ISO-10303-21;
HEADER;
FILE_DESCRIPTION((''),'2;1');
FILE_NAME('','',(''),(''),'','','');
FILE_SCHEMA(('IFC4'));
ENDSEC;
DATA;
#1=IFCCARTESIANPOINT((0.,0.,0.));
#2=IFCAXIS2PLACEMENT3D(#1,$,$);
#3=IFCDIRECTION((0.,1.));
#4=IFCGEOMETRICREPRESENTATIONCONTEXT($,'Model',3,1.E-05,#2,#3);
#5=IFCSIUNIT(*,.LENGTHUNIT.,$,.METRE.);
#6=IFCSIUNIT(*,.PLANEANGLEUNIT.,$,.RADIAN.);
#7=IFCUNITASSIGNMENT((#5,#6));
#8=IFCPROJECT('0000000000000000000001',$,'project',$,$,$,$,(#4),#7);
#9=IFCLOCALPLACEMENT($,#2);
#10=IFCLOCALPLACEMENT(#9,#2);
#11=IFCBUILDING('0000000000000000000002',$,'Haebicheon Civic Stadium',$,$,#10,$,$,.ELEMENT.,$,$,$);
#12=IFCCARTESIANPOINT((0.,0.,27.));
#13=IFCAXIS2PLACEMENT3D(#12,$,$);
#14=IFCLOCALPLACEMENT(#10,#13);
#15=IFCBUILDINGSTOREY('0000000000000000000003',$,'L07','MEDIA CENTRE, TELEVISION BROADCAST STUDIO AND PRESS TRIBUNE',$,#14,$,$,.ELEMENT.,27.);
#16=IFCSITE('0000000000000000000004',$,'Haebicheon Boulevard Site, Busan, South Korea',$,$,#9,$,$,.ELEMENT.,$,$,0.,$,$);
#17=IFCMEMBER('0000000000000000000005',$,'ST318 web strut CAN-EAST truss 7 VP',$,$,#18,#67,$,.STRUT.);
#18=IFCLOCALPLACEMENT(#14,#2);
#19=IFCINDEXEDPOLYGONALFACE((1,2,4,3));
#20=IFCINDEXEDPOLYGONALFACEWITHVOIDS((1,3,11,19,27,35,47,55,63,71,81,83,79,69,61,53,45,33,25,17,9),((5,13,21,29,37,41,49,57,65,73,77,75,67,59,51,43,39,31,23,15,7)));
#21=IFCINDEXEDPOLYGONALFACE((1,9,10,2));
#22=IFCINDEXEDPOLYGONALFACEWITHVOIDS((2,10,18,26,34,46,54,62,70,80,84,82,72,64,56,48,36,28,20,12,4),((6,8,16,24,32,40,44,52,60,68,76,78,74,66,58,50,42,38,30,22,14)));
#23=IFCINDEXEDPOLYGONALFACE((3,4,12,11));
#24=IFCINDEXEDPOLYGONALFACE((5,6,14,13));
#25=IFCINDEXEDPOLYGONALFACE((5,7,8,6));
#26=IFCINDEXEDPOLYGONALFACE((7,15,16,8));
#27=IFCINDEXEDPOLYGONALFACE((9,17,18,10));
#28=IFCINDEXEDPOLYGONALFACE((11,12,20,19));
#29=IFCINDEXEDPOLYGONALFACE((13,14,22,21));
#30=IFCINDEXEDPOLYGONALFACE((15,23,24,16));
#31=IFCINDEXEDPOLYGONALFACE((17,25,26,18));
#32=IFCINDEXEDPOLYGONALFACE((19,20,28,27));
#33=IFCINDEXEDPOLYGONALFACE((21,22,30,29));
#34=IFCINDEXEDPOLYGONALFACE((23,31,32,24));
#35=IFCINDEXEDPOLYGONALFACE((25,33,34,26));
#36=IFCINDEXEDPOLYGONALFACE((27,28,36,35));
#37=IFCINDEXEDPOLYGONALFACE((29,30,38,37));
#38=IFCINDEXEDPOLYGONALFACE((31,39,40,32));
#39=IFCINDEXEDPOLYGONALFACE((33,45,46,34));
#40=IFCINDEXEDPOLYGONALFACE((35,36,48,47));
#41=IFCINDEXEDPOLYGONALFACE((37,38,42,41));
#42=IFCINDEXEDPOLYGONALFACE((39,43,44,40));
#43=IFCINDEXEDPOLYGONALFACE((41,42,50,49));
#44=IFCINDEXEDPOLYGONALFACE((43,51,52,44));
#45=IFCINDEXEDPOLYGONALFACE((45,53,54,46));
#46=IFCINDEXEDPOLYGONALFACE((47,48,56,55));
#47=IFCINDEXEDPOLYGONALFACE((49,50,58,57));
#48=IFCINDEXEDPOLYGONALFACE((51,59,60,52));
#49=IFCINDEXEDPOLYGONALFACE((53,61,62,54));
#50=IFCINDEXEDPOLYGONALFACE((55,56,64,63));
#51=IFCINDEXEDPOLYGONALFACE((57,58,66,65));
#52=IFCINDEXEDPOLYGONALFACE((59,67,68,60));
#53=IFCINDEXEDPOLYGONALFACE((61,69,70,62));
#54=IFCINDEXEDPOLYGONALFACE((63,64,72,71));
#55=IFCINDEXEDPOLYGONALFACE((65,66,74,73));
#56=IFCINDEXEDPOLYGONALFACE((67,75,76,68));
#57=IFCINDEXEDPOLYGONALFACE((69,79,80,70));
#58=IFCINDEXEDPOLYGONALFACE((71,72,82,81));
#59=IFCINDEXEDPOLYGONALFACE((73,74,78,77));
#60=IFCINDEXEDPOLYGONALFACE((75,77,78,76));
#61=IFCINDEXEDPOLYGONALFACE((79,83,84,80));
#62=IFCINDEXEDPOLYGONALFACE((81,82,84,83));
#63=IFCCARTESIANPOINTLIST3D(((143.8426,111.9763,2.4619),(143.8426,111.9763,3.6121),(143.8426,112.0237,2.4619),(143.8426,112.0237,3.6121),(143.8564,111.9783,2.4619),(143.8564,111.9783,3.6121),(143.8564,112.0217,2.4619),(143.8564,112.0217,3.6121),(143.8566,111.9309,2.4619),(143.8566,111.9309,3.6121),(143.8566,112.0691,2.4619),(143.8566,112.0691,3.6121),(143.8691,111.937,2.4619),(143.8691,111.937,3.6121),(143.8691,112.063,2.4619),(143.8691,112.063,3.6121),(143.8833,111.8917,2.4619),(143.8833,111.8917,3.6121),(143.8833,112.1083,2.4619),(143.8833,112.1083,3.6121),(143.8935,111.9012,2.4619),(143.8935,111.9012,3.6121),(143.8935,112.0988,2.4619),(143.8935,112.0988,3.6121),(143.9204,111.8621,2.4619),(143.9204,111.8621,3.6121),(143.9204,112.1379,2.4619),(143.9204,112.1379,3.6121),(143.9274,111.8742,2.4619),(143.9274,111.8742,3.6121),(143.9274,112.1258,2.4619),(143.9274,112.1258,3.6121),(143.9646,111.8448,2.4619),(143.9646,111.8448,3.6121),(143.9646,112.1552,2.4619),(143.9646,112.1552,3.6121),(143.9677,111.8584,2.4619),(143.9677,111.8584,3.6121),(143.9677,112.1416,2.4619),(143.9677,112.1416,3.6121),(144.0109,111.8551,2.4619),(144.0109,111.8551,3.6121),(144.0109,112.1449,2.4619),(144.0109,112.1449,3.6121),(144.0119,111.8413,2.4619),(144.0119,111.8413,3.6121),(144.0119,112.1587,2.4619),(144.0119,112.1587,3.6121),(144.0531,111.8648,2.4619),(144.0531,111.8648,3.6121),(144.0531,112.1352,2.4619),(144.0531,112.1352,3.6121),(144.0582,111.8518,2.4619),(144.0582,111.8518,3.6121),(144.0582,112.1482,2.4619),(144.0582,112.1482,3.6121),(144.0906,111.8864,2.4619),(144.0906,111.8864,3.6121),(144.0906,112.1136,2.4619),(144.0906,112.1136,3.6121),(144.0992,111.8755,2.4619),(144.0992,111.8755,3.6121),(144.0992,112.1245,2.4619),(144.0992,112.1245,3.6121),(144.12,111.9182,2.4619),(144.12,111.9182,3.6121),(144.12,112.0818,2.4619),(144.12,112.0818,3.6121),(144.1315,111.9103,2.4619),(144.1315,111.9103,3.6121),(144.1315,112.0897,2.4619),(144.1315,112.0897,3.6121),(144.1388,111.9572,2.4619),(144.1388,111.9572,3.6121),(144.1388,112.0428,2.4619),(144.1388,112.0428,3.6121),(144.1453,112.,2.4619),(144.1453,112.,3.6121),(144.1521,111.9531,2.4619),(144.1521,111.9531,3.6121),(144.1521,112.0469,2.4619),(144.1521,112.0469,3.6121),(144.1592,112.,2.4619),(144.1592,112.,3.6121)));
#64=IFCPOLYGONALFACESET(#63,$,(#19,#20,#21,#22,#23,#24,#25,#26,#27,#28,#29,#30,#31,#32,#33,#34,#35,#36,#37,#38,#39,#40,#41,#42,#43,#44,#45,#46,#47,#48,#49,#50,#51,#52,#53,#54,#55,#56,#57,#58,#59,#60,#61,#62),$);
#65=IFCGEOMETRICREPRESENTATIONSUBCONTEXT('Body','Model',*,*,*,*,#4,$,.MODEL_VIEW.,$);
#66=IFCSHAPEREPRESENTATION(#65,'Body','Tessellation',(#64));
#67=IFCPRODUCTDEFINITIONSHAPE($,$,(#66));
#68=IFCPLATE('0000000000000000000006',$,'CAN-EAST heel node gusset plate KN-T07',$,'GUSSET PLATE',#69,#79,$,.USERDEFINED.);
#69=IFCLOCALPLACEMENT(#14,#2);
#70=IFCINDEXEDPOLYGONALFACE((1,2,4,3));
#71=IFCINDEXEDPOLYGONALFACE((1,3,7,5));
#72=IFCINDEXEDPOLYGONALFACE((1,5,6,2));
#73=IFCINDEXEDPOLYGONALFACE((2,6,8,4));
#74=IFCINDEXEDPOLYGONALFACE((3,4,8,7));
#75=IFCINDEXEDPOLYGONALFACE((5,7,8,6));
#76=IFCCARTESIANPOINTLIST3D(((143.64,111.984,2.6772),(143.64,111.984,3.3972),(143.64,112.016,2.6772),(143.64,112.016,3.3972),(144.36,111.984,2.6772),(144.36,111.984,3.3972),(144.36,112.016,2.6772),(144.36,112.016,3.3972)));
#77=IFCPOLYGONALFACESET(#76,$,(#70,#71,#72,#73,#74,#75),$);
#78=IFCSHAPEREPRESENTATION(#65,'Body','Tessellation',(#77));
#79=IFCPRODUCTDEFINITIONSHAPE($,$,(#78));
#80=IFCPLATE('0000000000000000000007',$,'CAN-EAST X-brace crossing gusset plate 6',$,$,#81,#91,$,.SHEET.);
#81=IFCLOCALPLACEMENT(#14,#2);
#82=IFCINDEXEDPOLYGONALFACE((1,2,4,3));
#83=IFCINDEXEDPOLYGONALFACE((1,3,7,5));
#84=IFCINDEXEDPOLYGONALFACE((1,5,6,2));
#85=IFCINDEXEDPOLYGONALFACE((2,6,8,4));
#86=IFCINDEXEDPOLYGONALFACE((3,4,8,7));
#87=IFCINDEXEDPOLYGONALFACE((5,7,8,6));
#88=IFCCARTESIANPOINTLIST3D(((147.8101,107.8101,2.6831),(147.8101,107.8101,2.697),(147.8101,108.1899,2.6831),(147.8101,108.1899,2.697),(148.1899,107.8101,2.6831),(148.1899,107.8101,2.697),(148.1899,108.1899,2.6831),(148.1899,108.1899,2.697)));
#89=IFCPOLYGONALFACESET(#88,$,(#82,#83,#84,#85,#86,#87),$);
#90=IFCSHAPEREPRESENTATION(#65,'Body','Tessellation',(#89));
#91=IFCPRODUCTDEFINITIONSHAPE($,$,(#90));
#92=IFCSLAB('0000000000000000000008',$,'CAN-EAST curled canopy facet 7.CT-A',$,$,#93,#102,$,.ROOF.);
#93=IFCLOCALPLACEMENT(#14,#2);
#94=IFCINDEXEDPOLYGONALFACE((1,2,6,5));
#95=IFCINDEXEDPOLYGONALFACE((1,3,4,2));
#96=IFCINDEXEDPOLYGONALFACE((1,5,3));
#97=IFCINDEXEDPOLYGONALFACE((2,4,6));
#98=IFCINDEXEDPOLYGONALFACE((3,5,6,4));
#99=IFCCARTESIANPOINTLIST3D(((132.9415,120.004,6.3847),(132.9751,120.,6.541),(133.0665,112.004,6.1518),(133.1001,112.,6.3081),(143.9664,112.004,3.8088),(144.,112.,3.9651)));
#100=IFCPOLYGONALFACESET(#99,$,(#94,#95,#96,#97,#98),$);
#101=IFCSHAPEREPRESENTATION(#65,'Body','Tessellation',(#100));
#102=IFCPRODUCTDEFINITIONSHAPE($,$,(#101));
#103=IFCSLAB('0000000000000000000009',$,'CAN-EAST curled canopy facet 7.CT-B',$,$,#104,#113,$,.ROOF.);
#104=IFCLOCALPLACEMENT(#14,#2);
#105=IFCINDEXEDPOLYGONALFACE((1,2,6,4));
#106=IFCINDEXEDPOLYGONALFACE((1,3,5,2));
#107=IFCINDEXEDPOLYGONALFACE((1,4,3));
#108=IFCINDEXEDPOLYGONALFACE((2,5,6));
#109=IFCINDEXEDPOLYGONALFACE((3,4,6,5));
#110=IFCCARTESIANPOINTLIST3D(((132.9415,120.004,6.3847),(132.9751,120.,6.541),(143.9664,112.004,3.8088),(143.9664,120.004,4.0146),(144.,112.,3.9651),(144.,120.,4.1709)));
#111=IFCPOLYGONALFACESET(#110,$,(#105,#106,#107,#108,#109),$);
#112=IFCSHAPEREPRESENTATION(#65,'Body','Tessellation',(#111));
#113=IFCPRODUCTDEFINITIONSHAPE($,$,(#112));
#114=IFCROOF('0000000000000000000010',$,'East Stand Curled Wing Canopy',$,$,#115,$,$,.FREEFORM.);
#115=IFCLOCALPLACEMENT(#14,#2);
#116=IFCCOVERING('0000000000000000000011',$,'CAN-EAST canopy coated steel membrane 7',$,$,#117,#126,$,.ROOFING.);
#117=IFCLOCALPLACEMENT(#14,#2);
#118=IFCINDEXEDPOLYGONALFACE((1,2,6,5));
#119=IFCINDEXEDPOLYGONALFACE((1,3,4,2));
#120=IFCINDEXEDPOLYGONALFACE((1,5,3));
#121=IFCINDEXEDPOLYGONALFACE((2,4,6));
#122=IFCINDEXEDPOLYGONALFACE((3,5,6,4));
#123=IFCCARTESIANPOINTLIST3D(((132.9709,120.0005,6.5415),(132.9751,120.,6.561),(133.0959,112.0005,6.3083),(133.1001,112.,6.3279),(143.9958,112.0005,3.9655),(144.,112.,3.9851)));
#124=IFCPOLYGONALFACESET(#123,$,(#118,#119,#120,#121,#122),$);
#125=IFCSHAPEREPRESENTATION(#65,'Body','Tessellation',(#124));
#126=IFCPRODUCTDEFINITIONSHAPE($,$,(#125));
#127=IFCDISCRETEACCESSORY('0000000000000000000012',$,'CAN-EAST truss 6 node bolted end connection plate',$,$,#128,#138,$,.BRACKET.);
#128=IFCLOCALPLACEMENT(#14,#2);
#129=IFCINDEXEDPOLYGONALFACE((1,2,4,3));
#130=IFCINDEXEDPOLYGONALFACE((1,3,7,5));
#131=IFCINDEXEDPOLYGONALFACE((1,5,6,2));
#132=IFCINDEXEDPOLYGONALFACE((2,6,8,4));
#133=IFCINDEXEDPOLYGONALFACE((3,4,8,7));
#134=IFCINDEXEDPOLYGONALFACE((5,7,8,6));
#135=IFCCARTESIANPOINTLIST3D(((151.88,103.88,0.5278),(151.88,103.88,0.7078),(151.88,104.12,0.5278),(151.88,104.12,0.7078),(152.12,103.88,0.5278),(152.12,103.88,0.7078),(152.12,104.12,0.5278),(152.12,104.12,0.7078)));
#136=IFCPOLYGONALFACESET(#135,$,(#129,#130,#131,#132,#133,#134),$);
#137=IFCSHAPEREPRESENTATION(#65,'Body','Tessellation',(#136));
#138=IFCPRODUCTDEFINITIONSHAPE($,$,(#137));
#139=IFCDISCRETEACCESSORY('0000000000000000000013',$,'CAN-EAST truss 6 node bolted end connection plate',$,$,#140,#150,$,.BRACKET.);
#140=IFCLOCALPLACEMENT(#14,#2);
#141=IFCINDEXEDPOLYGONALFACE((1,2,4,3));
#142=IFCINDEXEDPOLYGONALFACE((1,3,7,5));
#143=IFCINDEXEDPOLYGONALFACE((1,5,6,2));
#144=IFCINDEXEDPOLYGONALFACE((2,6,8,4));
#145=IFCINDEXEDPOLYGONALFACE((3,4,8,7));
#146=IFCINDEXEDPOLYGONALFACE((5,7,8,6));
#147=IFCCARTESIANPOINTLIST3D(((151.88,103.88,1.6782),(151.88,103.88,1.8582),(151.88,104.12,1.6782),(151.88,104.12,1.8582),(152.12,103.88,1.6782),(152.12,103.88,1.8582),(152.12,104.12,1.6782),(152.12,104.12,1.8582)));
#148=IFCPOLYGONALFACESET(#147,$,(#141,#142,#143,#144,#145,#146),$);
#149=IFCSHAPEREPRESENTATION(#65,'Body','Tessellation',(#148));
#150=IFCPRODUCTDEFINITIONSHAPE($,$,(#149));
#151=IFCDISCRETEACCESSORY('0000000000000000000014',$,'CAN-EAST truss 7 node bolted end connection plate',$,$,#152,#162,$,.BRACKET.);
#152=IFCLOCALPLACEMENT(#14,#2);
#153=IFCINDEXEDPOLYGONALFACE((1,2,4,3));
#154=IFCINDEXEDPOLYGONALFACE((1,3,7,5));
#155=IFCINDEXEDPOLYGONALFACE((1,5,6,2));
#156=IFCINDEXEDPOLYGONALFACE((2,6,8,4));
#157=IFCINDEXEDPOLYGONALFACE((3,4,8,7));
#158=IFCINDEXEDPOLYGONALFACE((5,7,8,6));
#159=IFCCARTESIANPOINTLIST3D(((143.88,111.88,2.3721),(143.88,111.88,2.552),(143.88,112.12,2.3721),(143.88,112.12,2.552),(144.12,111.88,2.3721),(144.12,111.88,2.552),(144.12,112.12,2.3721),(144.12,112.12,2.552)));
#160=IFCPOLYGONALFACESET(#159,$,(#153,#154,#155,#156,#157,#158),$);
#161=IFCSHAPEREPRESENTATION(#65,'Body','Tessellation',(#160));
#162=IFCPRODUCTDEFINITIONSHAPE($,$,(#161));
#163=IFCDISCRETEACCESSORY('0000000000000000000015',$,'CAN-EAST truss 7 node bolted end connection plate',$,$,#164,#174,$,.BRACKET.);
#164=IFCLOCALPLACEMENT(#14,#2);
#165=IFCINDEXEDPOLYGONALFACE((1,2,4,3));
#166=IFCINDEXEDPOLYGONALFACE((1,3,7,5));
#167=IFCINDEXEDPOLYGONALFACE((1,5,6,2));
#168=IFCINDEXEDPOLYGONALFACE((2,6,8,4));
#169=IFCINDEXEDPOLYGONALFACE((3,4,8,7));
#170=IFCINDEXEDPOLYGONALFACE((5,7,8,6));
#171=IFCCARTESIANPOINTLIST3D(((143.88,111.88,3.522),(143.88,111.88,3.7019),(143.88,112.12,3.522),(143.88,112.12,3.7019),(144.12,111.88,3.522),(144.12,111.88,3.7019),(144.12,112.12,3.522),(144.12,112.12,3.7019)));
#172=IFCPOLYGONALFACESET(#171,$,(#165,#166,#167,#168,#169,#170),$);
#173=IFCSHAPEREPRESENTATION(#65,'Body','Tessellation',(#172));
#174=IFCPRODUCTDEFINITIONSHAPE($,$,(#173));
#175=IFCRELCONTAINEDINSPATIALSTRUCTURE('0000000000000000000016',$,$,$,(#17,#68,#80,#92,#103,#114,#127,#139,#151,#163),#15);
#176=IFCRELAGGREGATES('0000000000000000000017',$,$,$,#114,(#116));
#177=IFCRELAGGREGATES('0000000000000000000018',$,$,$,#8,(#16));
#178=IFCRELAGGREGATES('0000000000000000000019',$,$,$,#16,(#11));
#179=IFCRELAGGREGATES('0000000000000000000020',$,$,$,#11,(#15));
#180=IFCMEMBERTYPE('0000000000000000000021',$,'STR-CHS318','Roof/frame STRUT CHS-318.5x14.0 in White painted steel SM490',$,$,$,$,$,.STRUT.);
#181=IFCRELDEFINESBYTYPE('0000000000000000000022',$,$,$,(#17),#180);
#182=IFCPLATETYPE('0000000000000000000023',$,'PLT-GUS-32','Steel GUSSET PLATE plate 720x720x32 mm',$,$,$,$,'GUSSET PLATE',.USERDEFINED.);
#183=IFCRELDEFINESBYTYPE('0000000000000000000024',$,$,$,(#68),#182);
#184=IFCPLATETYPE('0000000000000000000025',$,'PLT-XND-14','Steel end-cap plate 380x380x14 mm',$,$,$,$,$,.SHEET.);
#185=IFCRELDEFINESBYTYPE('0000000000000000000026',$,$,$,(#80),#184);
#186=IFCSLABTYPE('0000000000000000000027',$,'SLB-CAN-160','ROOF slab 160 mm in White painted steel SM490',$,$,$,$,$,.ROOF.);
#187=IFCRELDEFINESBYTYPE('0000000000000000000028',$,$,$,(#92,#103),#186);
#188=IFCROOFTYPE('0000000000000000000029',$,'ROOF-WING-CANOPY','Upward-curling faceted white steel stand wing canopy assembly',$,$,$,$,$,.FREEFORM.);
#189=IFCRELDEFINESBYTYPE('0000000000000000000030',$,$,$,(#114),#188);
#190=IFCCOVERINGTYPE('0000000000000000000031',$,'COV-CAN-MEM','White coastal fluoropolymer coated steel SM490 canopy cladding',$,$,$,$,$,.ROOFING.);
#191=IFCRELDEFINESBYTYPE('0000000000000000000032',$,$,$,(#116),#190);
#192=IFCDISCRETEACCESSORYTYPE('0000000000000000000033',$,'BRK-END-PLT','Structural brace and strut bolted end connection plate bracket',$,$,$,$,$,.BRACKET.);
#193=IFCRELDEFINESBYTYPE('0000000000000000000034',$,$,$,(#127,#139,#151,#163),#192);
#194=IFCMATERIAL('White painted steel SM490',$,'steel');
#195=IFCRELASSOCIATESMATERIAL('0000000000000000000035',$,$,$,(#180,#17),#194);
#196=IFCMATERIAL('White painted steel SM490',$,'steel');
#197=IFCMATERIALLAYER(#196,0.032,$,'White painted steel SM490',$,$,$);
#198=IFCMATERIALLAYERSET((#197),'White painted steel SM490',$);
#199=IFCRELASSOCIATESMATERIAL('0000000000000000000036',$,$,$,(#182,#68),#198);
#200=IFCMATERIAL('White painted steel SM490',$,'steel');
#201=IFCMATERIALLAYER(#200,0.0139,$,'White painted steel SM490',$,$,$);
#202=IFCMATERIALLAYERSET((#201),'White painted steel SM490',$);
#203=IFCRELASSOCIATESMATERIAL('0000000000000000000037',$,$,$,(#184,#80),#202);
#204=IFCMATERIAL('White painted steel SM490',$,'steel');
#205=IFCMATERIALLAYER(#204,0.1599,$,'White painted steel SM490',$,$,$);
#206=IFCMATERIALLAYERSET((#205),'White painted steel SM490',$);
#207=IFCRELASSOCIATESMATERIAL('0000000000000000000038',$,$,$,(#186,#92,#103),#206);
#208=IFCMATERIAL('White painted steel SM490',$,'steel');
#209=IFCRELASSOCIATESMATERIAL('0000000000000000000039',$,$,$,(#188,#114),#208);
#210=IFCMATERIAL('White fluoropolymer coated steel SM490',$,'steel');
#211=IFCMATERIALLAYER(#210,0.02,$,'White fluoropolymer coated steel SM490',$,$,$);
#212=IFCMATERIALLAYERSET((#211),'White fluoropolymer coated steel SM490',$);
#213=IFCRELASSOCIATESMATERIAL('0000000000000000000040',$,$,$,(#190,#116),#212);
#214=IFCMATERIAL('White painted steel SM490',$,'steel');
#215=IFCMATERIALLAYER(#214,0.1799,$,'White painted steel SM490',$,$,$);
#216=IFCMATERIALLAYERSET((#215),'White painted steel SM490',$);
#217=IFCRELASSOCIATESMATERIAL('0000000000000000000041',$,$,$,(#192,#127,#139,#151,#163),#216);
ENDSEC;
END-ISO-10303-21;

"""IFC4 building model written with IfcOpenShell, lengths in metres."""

from ifc_helpers import new_model, si_unit, direction, frame, origin, origin_2d, place, context, subcontext, project, spatial, polyline, rectangle, hollow_circle, outline, extrude, material, layer, layer_set, material_profile, profile_set, type_object, element, aggregate, save


model = new_model("IFC4")

# Units and contexts
model_context = context("Model", 3, precision=1e-05, world=origin(), true_north=direction((0.0, 1.0)))
body_context = subcontext(model_context, "Body", "Model", "MODEL_VIEW")
ifc_project = project(units=[si_unit("LENGTHUNIT", "METRE"), si_unit("PLANEANGLEUNIT", "RADIAN")], contexts=[model_context])

# Site, building, storey
site_placement = place(None, origin())
site = spatial("IfcSite", under=ifc_project, at=site_placement, Name="Haebicheon Boulevard Site, Busan, South Korea", CompositionType="ELEMENT", RefElevation=0.0)
building_placement = place(site_placement, origin())
building = spatial("IfcBuilding", under=site, at=building_placement, Name="Haebicheon Civic Stadium", CompositionType="ELEMENT")
storey_placement = place(building_placement, frame((0.0, 0.0, 27.0)))
storey = spatial("IfcBuildingStorey", under=building, at=storey_placement, Name="L07", Description="MEDIA CENTRE, TELEVISION BROADCAST STUDIO AND PRESS TRIBUNE", CompositionType="ELEMENT", Elevation=27.0)

# Member
ifc_material_1 = material(Name="White painted steel SM490", Category="steel")
ifc_material_profile_1 = material_profile(ifc_material_1, hollow_circle(Radius=0.1592, WallThickness=0.0139, at=origin_2d()), Name="CHS-318.5x14.0")
ifc_profile_set_1 = profile_set([ifc_material_profile_1], Name="White painted steel SM490")
member_type_1 = type_object("IfcMemberType", Name="STR-CHS318", Description="Roof/frame STRUT CHS-318.5x14.0 in White painted steel SM490", PredefinedType="STRUT", material=ifc_profile_set_1)
for number, where, z_axis, x_axis, name in (
    (1, (144.0, 112.0, 2.4619), (0.0, 0.0, 1.0), (1.0, 0.0, 0.0), "ST318 web strut CAN-EAST truss 7 VP"),
):
    element("IfcMember", number, at=place(storey_placement, frame(where, z_axis=z_axis, x_axis=x_axis)), inside=storey, type_object=member_type_1, material=ifc_profile_set_1, Name=name, PredefinedType="STRUT", context=body_context, shape_type="SweptSolid", body=[
        extrude(hollow_circle(Radius=0.1592, WallThickness=0.0139, at=origin_2d()), origin(), (0.0, 0.0, 1.0), 1.1501),
    ])

# Plates
ifc_material_2 = material(Name="White painted steel SM490", Category="steel")
ifc_layer_1 = layer(ifc_material_2, 0.032, Name="White painted steel SM490")
ifc_layer_set_1 = layer_set([ifc_layer_1], Name="White painted steel SM490")
plate_type_1 = type_object("IfcPlateType", Name="PLT-GUS-32", Description="Steel GUSSET PLATE plate 720x720x32 mm", ElementType="GUSSET PLATE", PredefinedType="USERDEFINED", material=ifc_layer_set_1)
plate_1_placement = place(storey_placement, frame((144.0, 112.0, 2.6772), z_axis=(0.0, 0.0, 1.0), x_axis=(1.0, 0.0, 0.0)))
element("IfcPlate", 2, at=plate_1_placement, inside=storey, type_object=plate_type_1, material=ifc_layer_set_1, Name="CAN-EAST heel node gusset plate KN-T07", ObjectType="GUSSET PLATE", PredefinedType="USERDEFINED", context=body_context, shape_type="SweptSolid", body=[
    extrude(rectangle(XDim=0.72, YDim=0.032, at=origin_2d()), origin(), (0.0, 0.0, 1.0), 0.72),
])
ifc_material_3 = material(Name="White painted steel SM490", Category="steel")
ifc_layer_2 = layer(ifc_material_3, 0.0139, Name="White painted steel SM490")
ifc_layer_set_2 = layer_set([ifc_layer_2], Name="White painted steel SM490")
plate_type_2 = type_object("IfcPlateType", Name="PLT-XND-14", Description="Steel end-cap plate 380x380x14 mm", PredefinedType="SHEET", material=ifc_layer_set_2)
plate_2_placement = place(storey_placement, frame((148.0, 108.0, 2.6831), z_axis=(0.0, 0.0, 1.0), x_axis=(1.0, 0.0, 0.0)))
element("IfcPlate", 3, at=plate_2_placement, inside=storey, type_object=plate_type_2, material=ifc_layer_set_2, Name="CAN-EAST X-brace crossing gusset plate 6", PredefinedType="SHEET", context=body_context, shape_type="SweptSolid", body=[
    extrude(rectangle(XDim=0.3799, YDim=0.3799, at=origin_2d()), origin(), (0.0, 0.0, 1.0), 0.0139),
])

# Slabs
ifc_material_4 = material(Name="White painted steel SM490", Category="steel")
ifc_layer_3 = layer(ifc_material_4, 0.1599, Name="White painted steel SM490")
ifc_layer_set_3 = layer_set([ifc_layer_3], Name="White painted steel SM490")
slab_type = type_object("IfcSlabType", Name="SLB-CAN-160", Description="ROOF slab 160 mm in White painted steel SM490", PredefinedType="ROOF", material=ifc_layer_set_3)
slab_1_placement = place(storey_placement, frame((144.0, 112.0, 3.9651), z_axis=(0.210091, -0.025172, 0.977358), x_axis=(-0.977668, 0.0, 0.210157)))
element("IfcSlab", 4, at=slab_1_placement, inside=storey, type_object=slab_type, material=ifc_layer_set_3, Name="CAN-EAST curled canopy facet 7.CT-A", PredefinedType="ROOF", context=body_context, shape_type="SweptSolid", body=[
    extrude(outline(polyline([(0.0, 0.0), (11.1489, 0.0), (11.32, -8.0025), (0.0, 0.0)])), origin(), (0.0, 0.0, -1.0), 0.1599),
])
slab_2_placement = place(storey_placement, frame((144.0, 112.0, 3.9651), z_axis=(0.21011, -0.025144, 0.977354), x_axis=(-0.795273, 0.577074, 0.185813)))
element("IfcSlab", 5, at=slab_2_placement, inside=storey, type_object=slab_type, material=ifc_layer_set_3, Name="CAN-EAST curled canopy facet 7.CT-B", PredefinedType="ROOF", context=body_context, shape_type="SweptSolid", body=[
    extrude(outline(polyline([(0.0, 0.0), (13.863, 0.0), (4.6548, -6.5096), (0.0, 0.0)])), origin(), (0.0, 0.0, -1.0), 0.1599),
])

# Roof, covering
ifc_material_5 = material(Name="White painted steel SM490", Category="steel")
roof_type = type_object("IfcRoofType", Name="ROOF-WING-CANOPY", Description="Upward-curling faceted white steel stand wing canopy assembly", PredefinedType="FREEFORM", material=ifc_material_5)
roof_placement = place(storey_placement, origin())
roof = element("IfcRoof", 6, at=roof_placement, inside=storey, type_object=roof_type, material=ifc_material_5, Name="East Stand Curled Wing Canopy", PredefinedType="FREEFORM")
ifc_material_6 = material(Name="White fluoropolymer coated steel SM490", Category="steel")
ifc_layer_4 = layer(ifc_material_6, 0.02, Name="White fluoropolymer coated steel SM490")
ifc_layer_set_4 = layer_set([ifc_layer_4], Name="White fluoropolymer coated steel SM490")
covering_type = type_object("IfcCoveringType", Name="COV-CAN-MEM", Description="White coastal fluoropolymer coated steel SM490 canopy cladding", PredefinedType="ROOFING", material=ifc_layer_set_4)
covering_placement = place(storey_placement, frame((144.0, 112.0, 3.9851), z_axis=(0.210069, -0.025202, 0.977362), x_axis=(-0.977672, 0.0, 0.210136)))
covering = element("IfcCovering", 7, at=covering_placement, type_object=covering_type, material=ifc_layer_set_4, Name="CAN-EAST canopy coated steel membrane 7", PredefinedType="ROOFING", context=body_context, shape_type="SweptSolid", body=[
    extrude(outline(polyline([(0.0, 0.0), (11.1488, 0.0), (11.32, -8.0025), (0.0, 0.0)])), origin(), (0.0, 0.0, -1.0), 0.02),
])
aggregate(roof, [covering])

# Discrete accessories
ifc_material_7 = material(Name="White painted steel SM490", Category="steel")
ifc_layer_5 = layer(ifc_material_7, 0.1799, Name="White painted steel SM490")
ifc_layer_set_5 = layer_set([ifc_layer_5], Name="White painted steel SM490")
discrete_accessory_type = type_object("IfcDiscreteAccessoryType", Name="BRK-END-PLT", Description="Structural brace and strut bolted end connection plate bracket", PredefinedType="BRACKET", material=ifc_layer_set_5)
for number, where, z_axis, x_axis, name in (
    (8, (152.0, 104.0, 0.5278), (0.0, 0.0, 1.0), (1.0, 0.0, 0.0), "CAN-EAST truss 6 node bolted end connection plate"),
    (9, (152.0, 104.0, 1.6782), (0.0, 0.0, 1.0), (1.0, 0.0, 0.0), "CAN-EAST truss 6 node bolted end connection plate"),
    (10, (144.0, 112.0, 2.3721), (0.0, 0.0, 1.0), (1.0, 0.0, 0.0), "CAN-EAST truss 7 node bolted end connection plate"),
    (11, (144.0, 112.0, 3.522), (0.0, 0.0, 1.0), (1.0, 0.0, 0.0), "CAN-EAST truss 7 node bolted end connection plate"),
):
    element("IfcDiscreteAccessory", number, at=place(storey_placement, frame(where, z_axis=z_axis, x_axis=x_axis)), inside=storey, type_object=discrete_accessory_type, material=ifc_layer_set_5, Name=name, PredefinedType="BRACKET", context=body_context, shape_type="SweptSolid", body=[
        extrude(rectangle(XDim=0.24, YDim=0.24, at=origin_2d()), origin(), (0.0, 0.0, 1.0), 0.1799),
    ])

save(model, "model.ifc")
